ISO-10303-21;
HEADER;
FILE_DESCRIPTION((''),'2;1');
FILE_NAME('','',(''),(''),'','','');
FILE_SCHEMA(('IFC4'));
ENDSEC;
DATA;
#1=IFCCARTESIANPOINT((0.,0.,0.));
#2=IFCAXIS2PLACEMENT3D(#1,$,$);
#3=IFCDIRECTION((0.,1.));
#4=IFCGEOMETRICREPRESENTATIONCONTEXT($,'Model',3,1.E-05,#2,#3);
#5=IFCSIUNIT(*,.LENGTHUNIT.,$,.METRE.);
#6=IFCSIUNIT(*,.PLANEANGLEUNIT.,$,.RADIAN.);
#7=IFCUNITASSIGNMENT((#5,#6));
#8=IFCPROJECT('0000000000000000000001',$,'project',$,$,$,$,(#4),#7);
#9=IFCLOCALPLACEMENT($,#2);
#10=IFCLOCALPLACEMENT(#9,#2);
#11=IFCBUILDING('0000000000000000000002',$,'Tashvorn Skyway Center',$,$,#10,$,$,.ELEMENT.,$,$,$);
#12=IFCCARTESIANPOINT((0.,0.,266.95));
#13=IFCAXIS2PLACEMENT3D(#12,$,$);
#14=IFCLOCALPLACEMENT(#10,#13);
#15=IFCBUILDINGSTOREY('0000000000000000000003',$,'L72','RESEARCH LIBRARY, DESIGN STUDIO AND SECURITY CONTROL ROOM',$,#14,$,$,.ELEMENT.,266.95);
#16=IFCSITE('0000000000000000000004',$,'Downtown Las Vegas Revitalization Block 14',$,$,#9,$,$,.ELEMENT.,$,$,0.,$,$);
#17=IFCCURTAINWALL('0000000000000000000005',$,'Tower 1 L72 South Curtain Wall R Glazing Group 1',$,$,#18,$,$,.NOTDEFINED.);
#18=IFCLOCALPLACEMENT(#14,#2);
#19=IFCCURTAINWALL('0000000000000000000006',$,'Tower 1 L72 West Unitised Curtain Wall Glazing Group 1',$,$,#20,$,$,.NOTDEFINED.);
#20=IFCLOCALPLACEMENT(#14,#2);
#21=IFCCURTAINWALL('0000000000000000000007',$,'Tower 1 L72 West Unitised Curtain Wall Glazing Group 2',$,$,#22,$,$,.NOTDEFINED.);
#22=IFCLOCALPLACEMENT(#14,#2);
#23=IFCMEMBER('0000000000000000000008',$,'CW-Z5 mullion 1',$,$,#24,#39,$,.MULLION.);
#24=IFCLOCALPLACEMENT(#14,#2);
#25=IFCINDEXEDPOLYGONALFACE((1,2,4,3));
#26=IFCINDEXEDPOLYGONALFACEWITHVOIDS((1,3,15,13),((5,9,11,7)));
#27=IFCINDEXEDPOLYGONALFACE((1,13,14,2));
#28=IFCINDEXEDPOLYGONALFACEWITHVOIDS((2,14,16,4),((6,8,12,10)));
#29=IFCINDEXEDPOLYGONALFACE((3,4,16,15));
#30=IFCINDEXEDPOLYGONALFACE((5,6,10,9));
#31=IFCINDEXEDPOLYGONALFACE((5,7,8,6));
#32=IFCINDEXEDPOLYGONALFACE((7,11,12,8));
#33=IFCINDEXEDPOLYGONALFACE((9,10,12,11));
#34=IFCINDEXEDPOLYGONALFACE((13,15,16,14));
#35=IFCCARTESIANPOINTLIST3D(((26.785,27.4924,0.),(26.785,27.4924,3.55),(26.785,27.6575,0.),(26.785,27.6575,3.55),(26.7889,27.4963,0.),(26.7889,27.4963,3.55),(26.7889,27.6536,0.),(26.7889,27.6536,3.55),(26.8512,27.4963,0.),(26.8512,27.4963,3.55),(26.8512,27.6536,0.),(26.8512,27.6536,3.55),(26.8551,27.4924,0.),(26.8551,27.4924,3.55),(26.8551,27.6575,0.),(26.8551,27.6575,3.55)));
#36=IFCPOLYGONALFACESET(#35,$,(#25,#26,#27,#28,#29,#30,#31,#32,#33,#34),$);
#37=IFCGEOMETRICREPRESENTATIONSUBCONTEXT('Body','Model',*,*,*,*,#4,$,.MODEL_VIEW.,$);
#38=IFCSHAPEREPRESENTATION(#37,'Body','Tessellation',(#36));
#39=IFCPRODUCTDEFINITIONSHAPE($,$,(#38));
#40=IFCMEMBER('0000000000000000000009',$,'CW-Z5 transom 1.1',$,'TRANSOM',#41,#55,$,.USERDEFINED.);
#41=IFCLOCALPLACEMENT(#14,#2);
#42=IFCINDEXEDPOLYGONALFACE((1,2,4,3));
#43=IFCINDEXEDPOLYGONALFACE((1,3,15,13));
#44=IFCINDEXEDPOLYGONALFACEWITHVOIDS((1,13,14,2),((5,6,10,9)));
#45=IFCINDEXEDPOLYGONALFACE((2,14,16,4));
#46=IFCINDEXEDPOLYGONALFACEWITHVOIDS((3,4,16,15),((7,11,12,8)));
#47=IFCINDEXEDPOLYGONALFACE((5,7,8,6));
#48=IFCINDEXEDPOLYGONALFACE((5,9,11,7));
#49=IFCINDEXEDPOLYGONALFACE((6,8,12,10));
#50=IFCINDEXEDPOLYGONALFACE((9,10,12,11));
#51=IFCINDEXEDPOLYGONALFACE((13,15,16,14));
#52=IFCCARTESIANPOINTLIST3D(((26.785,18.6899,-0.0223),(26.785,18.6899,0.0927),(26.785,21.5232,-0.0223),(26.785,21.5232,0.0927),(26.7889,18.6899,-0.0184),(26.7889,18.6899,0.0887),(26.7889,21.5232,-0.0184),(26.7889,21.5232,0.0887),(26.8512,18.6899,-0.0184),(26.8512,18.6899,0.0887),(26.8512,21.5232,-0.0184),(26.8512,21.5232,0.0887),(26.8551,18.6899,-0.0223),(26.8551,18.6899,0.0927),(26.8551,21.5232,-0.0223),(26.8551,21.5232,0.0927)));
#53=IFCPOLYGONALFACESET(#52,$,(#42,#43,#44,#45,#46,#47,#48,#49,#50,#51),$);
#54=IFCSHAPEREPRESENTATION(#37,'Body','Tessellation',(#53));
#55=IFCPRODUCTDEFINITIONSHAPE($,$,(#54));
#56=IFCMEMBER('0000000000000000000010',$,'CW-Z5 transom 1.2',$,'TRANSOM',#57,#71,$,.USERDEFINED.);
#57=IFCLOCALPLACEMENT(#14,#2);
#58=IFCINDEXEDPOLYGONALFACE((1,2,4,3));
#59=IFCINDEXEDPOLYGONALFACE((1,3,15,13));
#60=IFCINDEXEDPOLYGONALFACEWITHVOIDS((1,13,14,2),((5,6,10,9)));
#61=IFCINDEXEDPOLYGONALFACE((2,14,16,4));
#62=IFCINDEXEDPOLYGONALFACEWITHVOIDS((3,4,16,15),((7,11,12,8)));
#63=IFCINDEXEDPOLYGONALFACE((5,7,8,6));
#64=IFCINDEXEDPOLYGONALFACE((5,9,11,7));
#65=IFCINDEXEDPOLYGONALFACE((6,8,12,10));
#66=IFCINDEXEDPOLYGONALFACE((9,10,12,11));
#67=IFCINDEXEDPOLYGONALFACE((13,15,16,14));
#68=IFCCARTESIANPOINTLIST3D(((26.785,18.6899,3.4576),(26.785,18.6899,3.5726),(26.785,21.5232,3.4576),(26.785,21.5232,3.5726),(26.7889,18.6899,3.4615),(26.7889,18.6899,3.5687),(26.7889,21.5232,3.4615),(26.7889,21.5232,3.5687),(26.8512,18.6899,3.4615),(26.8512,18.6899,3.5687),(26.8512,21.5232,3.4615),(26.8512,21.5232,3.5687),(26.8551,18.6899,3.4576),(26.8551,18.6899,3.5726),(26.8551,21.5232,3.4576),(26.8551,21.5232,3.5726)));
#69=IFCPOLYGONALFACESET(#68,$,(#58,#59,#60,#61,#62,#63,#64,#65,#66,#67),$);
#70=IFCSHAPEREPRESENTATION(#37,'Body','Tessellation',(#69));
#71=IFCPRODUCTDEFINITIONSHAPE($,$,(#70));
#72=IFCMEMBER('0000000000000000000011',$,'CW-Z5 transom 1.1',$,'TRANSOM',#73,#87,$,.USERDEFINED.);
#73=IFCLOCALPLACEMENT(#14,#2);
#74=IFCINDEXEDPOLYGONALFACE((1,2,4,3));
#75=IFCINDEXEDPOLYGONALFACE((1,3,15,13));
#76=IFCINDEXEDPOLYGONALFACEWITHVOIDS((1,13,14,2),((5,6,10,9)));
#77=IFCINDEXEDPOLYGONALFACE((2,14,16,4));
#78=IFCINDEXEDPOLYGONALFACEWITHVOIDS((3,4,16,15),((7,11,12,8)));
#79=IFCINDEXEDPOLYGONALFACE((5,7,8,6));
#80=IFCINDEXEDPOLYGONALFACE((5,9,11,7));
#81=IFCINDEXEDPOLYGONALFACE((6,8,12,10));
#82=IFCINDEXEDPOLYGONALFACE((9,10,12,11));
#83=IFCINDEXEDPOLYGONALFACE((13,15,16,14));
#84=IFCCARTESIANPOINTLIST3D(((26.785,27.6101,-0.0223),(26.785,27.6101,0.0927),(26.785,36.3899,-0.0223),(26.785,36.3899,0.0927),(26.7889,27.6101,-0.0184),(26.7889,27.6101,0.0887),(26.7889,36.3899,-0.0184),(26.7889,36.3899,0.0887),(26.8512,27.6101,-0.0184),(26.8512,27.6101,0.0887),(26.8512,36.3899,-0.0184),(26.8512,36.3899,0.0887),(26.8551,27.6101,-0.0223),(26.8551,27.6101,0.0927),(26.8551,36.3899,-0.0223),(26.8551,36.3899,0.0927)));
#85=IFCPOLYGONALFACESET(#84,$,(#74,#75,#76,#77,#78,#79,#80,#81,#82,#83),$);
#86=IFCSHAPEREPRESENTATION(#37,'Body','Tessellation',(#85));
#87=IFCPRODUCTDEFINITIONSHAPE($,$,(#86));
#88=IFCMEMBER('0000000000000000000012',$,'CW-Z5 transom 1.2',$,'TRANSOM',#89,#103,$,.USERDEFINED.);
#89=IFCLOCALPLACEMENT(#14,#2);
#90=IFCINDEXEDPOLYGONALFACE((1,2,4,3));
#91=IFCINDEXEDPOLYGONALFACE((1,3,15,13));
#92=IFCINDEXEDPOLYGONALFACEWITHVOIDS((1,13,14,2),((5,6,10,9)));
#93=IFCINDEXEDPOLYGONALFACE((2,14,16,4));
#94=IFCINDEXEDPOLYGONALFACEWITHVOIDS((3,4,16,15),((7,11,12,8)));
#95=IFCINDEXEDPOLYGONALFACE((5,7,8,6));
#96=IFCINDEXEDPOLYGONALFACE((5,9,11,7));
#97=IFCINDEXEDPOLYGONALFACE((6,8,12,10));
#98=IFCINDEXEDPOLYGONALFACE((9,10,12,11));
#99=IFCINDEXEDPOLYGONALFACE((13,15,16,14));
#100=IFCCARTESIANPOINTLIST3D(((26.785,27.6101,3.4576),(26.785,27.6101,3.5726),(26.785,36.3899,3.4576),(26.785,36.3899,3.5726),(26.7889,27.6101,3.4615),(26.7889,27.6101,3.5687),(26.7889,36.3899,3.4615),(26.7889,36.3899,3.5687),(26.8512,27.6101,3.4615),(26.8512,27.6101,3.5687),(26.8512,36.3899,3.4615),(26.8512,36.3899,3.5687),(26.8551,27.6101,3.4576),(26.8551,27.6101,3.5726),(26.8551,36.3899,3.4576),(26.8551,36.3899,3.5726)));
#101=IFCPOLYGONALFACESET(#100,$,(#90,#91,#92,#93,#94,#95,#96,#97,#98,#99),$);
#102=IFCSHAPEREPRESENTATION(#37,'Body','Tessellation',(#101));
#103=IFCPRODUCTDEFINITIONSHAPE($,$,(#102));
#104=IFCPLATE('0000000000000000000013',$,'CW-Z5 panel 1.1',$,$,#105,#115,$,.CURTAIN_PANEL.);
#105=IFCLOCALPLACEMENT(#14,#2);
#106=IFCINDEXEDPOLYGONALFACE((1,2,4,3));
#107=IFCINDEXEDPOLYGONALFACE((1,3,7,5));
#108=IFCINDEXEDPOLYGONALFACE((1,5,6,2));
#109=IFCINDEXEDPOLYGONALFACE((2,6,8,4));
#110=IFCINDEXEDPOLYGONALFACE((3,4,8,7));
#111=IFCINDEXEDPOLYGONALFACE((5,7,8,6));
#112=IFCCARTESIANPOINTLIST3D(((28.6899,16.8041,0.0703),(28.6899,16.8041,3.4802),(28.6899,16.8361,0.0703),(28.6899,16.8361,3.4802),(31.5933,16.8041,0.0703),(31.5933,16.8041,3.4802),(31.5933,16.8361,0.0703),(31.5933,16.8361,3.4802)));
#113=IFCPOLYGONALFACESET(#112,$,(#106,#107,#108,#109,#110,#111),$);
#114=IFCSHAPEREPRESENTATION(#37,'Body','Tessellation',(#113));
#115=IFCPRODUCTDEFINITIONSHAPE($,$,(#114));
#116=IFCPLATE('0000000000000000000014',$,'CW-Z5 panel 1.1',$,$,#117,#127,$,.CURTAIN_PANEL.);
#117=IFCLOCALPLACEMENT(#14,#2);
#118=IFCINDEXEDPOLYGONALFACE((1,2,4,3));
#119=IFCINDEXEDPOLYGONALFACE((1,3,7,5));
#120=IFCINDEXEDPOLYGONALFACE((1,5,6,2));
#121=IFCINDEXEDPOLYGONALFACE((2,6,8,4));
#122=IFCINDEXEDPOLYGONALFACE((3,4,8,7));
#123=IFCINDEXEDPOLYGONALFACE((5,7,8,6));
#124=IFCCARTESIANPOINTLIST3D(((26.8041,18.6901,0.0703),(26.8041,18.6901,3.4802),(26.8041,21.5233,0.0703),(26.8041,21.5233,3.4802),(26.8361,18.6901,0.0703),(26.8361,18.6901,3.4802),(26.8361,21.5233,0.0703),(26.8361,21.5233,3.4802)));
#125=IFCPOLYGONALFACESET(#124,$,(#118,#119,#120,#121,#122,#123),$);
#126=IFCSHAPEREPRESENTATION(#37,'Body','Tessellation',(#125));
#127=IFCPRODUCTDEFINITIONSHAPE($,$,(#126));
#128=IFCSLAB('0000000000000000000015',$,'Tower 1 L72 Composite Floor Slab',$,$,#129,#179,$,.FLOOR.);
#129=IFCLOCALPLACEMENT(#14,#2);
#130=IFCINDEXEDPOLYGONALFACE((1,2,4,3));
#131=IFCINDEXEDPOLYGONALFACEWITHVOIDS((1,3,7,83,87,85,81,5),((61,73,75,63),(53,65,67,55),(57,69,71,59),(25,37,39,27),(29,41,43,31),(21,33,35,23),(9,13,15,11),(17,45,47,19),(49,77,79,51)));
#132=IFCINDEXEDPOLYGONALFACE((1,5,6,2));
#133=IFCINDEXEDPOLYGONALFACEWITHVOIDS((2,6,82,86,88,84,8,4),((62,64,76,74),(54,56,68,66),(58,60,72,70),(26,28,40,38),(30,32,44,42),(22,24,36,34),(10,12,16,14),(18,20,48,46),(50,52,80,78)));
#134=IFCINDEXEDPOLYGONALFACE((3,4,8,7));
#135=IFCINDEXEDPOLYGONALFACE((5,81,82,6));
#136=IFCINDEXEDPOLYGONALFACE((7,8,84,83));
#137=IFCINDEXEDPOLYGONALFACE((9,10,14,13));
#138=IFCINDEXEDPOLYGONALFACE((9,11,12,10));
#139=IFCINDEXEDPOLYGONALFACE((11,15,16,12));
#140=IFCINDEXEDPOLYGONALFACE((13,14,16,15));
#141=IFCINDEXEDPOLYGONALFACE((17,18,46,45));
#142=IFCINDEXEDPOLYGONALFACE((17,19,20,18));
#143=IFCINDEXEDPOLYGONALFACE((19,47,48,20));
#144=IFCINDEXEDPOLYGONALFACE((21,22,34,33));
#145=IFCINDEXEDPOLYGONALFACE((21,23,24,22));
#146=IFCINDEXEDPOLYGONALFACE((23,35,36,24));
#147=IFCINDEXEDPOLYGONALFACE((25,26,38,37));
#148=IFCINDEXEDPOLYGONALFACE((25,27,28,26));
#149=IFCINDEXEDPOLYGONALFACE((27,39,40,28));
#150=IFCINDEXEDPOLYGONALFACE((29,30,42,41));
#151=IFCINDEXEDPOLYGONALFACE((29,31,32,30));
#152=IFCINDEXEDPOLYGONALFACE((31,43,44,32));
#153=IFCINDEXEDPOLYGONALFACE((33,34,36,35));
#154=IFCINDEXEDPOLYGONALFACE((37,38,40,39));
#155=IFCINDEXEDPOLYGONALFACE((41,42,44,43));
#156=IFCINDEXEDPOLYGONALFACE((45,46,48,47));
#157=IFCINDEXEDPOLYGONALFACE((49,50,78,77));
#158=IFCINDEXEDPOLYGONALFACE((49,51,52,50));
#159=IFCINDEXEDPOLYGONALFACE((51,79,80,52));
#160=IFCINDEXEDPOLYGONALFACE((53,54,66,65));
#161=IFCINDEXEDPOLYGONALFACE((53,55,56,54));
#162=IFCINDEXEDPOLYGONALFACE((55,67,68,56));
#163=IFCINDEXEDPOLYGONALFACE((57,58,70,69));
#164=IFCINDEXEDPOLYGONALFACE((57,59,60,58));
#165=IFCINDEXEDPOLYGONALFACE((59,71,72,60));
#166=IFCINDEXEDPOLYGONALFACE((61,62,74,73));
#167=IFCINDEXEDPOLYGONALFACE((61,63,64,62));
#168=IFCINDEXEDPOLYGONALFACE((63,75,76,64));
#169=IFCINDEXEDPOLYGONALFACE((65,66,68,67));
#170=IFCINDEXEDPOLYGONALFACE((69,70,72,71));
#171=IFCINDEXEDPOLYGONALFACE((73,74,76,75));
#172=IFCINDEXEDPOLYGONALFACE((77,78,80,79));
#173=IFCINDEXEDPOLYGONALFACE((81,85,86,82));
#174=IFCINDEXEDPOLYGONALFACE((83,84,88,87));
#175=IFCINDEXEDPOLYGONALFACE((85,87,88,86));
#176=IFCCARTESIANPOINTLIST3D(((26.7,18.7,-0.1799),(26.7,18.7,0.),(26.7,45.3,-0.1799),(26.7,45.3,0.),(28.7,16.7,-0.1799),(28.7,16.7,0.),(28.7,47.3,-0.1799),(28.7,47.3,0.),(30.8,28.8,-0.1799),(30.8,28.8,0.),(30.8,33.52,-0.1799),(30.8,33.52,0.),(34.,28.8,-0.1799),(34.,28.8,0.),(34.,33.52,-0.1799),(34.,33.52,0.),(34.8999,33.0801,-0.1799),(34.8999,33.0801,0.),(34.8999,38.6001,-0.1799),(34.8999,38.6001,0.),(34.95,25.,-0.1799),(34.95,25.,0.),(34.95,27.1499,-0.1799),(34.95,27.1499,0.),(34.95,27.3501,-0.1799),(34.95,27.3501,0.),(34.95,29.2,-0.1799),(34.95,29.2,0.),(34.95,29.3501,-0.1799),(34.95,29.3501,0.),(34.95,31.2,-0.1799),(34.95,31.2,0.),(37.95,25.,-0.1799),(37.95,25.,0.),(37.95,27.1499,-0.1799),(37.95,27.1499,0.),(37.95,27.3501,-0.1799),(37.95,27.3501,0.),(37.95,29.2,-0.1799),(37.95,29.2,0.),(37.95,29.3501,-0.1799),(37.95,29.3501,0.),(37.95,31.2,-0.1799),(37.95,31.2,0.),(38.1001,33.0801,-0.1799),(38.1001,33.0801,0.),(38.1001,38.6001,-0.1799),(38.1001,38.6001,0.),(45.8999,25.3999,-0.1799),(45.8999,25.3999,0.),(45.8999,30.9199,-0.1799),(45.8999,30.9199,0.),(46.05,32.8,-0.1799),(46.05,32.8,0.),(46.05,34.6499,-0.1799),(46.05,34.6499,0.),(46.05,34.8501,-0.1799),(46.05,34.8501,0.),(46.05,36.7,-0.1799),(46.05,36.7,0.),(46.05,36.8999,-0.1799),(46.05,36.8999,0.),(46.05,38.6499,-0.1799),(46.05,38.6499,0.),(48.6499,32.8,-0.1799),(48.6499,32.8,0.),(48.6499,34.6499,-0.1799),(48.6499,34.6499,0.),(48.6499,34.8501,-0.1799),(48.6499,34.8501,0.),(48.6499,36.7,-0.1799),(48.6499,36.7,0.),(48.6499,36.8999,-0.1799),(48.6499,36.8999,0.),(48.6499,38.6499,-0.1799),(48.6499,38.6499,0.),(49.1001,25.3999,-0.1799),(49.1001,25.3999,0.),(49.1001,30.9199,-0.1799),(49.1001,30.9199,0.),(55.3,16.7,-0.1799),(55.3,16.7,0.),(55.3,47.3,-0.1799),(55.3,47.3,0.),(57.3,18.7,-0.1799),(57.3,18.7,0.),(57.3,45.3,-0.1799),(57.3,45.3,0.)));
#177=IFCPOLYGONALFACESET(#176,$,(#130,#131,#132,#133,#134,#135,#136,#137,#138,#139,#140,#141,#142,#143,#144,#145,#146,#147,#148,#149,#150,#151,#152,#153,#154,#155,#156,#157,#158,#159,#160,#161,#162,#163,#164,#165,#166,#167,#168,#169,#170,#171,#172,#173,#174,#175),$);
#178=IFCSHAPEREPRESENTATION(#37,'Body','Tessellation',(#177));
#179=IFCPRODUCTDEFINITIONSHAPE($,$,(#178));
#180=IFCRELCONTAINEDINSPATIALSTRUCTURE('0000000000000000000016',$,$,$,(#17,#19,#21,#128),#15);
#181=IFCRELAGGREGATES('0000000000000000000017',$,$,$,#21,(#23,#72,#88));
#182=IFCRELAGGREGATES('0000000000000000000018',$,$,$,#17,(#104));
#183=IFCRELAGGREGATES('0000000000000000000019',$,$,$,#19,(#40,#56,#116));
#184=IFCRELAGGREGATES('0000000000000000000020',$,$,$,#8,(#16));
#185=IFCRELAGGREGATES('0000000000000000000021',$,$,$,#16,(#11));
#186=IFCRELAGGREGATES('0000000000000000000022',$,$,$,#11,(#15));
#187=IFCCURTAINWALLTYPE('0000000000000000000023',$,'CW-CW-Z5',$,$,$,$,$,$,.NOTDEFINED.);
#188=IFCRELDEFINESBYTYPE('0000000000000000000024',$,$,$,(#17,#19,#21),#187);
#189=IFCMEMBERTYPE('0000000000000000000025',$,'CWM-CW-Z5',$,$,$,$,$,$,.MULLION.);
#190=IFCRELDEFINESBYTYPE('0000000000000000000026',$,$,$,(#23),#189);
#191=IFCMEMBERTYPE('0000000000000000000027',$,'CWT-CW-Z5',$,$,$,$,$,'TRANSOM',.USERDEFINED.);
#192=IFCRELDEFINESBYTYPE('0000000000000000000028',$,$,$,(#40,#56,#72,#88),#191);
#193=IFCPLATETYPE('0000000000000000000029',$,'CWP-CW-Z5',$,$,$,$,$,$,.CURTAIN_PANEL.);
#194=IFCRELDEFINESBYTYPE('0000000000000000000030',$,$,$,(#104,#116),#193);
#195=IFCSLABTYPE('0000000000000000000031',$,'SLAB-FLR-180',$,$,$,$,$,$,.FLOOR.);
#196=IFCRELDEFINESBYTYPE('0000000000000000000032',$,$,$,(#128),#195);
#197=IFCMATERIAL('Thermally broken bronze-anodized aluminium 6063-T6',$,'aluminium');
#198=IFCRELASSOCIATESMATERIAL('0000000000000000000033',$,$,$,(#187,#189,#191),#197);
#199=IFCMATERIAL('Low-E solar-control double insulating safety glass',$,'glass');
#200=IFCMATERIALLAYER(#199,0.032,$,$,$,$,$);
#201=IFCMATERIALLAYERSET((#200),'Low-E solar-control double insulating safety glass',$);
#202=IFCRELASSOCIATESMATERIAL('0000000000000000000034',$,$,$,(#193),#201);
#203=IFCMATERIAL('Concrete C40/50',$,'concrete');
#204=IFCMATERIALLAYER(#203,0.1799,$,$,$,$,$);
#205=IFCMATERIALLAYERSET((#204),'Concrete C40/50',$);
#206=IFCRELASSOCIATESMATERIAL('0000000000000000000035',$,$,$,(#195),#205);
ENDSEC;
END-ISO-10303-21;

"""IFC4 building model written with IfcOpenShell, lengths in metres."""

from ifc_helpers import new_model, si_unit, direction, frame, origin, origin_2d, place, context, subcontext, project, spatial, polyline, rectangle, hollow_rectangle, outline, extrude, material, layer, layer_set, material_profile, profile_set, type_object, element, aggregate, save


model = new_model("IFC4")

# Units and contexts
model_context = context("Model", 3, precision=1e-05, world=origin(), true_north=direction((0.0, 1.0)))
body_context = subcontext(model_context, "Body", "Model", "MODEL_VIEW")
ifc_project = project(units=[si_unit("LENGTHUNIT", "METRE"), si_unit("PLANEANGLEUNIT", "RADIAN")], contexts=[model_context])

# Site, building, storey
site_placement = place(None, origin())
site = spatial("IfcSite", under=ifc_project, at=site_placement, Name="Downtown Las Vegas Revitalization Block 14", CompositionType="ELEMENT", RefElevation=0.0)
building_placement = place(site_placement, origin())
building = spatial("IfcBuilding", under=site, at=building_placement, Name="Tashvorn Skyway Center", CompositionType="ELEMENT")
storey_placement = place(building_placement, frame((0.0, 0.0, 266.95)))
storey = spatial("IfcBuildingStorey", under=building, at=storey_placement, Name="L72", Description="RESEARCH LIBRARY, DESIGN STUDIO AND SECURITY CONTROL ROOM", CompositionType="ELEMENT", Elevation=266.95)

# Curtain wall
ifc_material_1 = material(Name="Thermally broken bronze-anodized aluminium 6063-T6", Category="aluminium")
curtain_wall_type = type_object("IfcCurtainWallType", Name="CW-CW-Z5", PredefinedType="NOTDEFINED", material=ifc_material_1)
curtain_wall_1_placement = place(storey_placement, origin())
curtain_wall_1 = element("IfcCurtainWall", 1, at=curtain_wall_1_placement, inside=storey, type_object=curtain_wall_type, Name="Tower 1 L72 South Curtain Wall R Glazing Group 1", PredefinedType="NOTDEFINED")
ifc_material_profile_1 = material_profile(ifc_material_1, hollow_rectangle(XDim=0.0701, YDim=0.165, WallThickness=0.0039, at=origin_2d()), Name="ALU-MULL-70x165")
ifc_profile_set_1 = profile_set([ifc_material_profile_1], Name="Thermally broken bronze-anodized aluminium 6063-T6")
member_type_1 = type_object("IfcMemberType", Name="CWM-CW-Z5", PredefinedType="MULLION", material=ifc_profile_set_1)

# Curtain wall
curtain_wall_2_placement = place(storey_placement, origin())
curtain_wall_2 = element("IfcCurtainWall", 2, at=curtain_wall_2_placement, inside=storey, type_object=curtain_wall_type, Name="Tower 1 L72 West Unitised Curtain Wall Glazing Group 1", PredefinedType="NOTDEFINED")

# Curtain wall, member
curtain_wall_3_placement = place(storey_placement, origin())
curtain_wall_3 = element("IfcCurtainWall", 3, at=curtain_wall_3_placement, inside=storey, type_object=curtain_wall_type, Name="Tower 1 L72 West Unitised Curtain Wall Glazing Group 2", PredefinedType="NOTDEFINED")
member_1_placement = place(storey_placement, frame((26.8201, 27.575, 0.0), z_axis=(0.0, 0.0, 1.0), x_axis=(-1.0, 0.0, 0.0)))
member_1 = element("IfcMember", 4, at=member_1_placement, type_object=member_type_1, Name="CW-Z5 mullion 1", PredefinedType="MULLION", context=body_context, shape_type="SweptSolid", body=[
    extrude(hollow_rectangle(XDim=0.0701, YDim=0.165, WallThickness=0.0039, at=origin_2d()), origin(), (0.0, 0.0, 1.0), 3.55),
])

# Members
ifc_material_profile_2 = material_profile(ifc_material_1, hollow_rectangle(XDim=0.0701, YDim=0.115, WallThickness=0.0039, at=origin_2d()), Name="ALU-TRAN-70x115")
ifc_profile_set_2 = profile_set([ifc_material_profile_2], Name="Thermally broken bronze-anodized aluminium 6063-T6")
member_type_2 = type_object("IfcMemberType", Name="CWT-CW-Z5", ElementType="TRANSOM", PredefinedType="USERDEFINED", material=ifc_profile_set_2)
member_2_placement = place(storey_placement, frame((26.8201, 18.6899, 0.0352), z_axis=(0.0, 1.0, 0.0), x_axis=(-1.0, 0.0, 0.0)))
member_2 = element("IfcMember", 5, at=member_2_placement, type_object=member_type_2, Name="CW-Z5 transom 1.1", ObjectType="TRANSOM", PredefinedType="USERDEFINED", context=body_context, shape_type="SweptSolid", body=[
    extrude(hollow_rectangle(XDim=0.0701, YDim=0.115, WallThickness=0.0039, at=origin_2d()), origin(), (0.0, 0.0, 1.0), 2.8333),
])
member_3_placement = place(storey_placement, frame((26.8201, 18.6899, 3.5151), z_axis=(0.0, 1.0, 0.0), x_axis=(-1.0, 0.0, 0.0)))
member_3 = element("IfcMember", 6, at=member_3_placement, type_object=member_type_2, Name="CW-Z5 transom 1.2", ObjectType="TRANSOM", PredefinedType="USERDEFINED", context=body_context, shape_type="SweptSolid", body=[
    extrude(hollow_rectangle(XDim=0.0701, YDim=0.115, WallThickness=0.0039, at=origin_2d()), origin(), (0.0, 0.0, 1.0), 2.8333),
])
member_4_placement = place(storey_placement, frame((26.8201, 27.6101, 0.0352), z_axis=(0.0, 1.0, 0.0), x_axis=(-1.0, 0.0, 0.0)))
member_4 = element("IfcMember", 7, at=member_4_placement, type_object=member_type_2, Name="CW-Z5 transom 1.1", ObjectType="TRANSOM", PredefinedType="USERDEFINED", context=body_context, shape_type="SweptSolid", body=[
    extrude(hollow_rectangle(XDim=0.0701, YDim=0.115, WallThickness=0.0039, at=origin_2d()), origin(), (0.0, 0.0, 1.0), 8.7798),
])
member_5_placement = place(storey_placement, frame((26.8201, 27.6101, 3.5151), z_axis=(0.0, 1.0, 0.0), x_axis=(-1.0, 0.0, 0.0)))
member_5 = element("IfcMember", 8, at=member_5_placement, type_object=member_type_2, Name="CW-Z5 transom 1.2", ObjectType="TRANSOM", PredefinedType="USERDEFINED", context=body_context, shape_type="SweptSolid", body=[
    extrude(hollow_rectangle(XDim=0.0701, YDim=0.115, WallThickness=0.0039, at=origin_2d()), origin(), (0.0, 0.0, 1.0), 8.7798),
])
aggregate(curtain_wall_3, [member_1, member_4, member_5])

# Plates
ifc_material_2 = material(Name="Low-E solar-control double insulating safety glass", Category="glass")
ifc_layer_1 = layer(ifc_material_2, 0.032)
ifc_layer_set_1 = layer_set([ifc_layer_1], Name="Low-E solar-control double insulating safety glass")
plate_type = type_object("IfcPlateType", Name="CWP-CW-Z5", PredefinedType="CURTAIN_PANEL", material=ifc_layer_set_1)
plate_1_placement = place(storey_placement, frame((30.1416, 16.8201, 0.0703), z_axis=(0.0, 0.0, 1.0), x_axis=(-1.0, 0.0, 0.0)))
plate_1 = element("IfcPlate", 9, at=plate_1_placement, type_object=plate_type, Name="CW-Z5 panel 1.1", PredefinedType="CURTAIN_PANEL", context=body_context, shape_type="SweptSolid", body=[
    extrude(rectangle(XDim=2.9033, YDim=0.032, at=origin_2d()), origin(), (0.0, 0.0, 1.0), 3.4099),
])
aggregate(curtain_wall_1, [plate_1])
plate_2_placement = place(storey_placement, frame((26.8201, 20.1067, 0.0703), z_axis=(0.0, 0.0, 1.0), x_axis=(0.0, 1.0, 0.0)))
plate_2 = element("IfcPlate", 10, at=plate_2_placement, type_object=plate_type, Name="CW-Z5 panel 1.1", PredefinedType="CURTAIN_PANEL", context=body_context, shape_type="SweptSolid", body=[
    extrude(rectangle(XDim=2.8333, YDim=0.032, at=origin_2d()), origin(), (0.0, 0.0, 1.0), 3.4099),
])
aggregate(curtain_wall_2, [member_2, member_3, plate_2])

# Slab
ifc_material_3 = material(Name="Concrete C40/50", Category="concrete")
ifc_layer_2 = layer(ifc_material_3, 0.1799)
ifc_layer_set_2 = layer_set([ifc_layer_2], Name="Concrete C40/50")
slab_type_1 = type_object("IfcSlabType", Name="SLAB-FLR-180", PredefinedType="FLOOR", material=ifc_layer_set_2)
slab_1_placement = place(storey_placement, frame((0.0, 0.0, -0.1799)))
element("IfcSlab", 11, at=slab_1_placement, inside=storey, type_object=slab_type_1, Name="Tower 1 L72 Composite Floor Slab", PredefinedType="FLOOR", context=body_context, shape_type="SweptSolid", body=[
    extrude(outline(polyline([(28.7, 16.7), (55.3, 16.7), (57.3, 18.7), (57.3, 45.3), (55.3, 47.3), (28.7, 47.3), (26.7, 45.3), (26.7, 18.7), (28.7, 16.7)]), holes=[polyline([(38.1001, 33.0801), (38.1001, 38.6001), (34.8999, 38.6001), (34.8999, 33.0801), (38.1001, 33.0801)]), polyline([(45.8999, 30.9199), (45.8999, 25.3999), (49.1001, 25.3999), (49.1001, 30.9199), (45.8999, 30.9199)]), polyline([(30.8, 33.52), (30.8, 28.8), (34.0, 28.8), (34.0, 33.52), (30.8, 33.52)]), polyline([(34.95, 29.3501), (37.95, 29.3501), (37.95, 31.2), (34.95, 31.2), (34.95, 29.3501)]), polyline([(34.95, 27.3501), (37.95, 27.3501), (37.95, 29.2), (34.95, 29.2), (34.95, 27.3501)]), polyline([(34.95, 25.0), (37.95, 25.0), (37.95, 27.1499), (34.95, 27.1499), (34.95, 25.0)]), polyline([(46.05, 32.8), (48.6499, 32.8), (48.6499, 34.6499), (46.05, 34.6499), (46.05, 32.8)]), polyline([(46.05, 34.8501), (48.6499, 34.8501), (48.6499, 36.7), (46.05, 36.7), (46.05, 34.8501)]), polyline([(46.05, 36.8999), (48.6499, 36.8999), (48.6499, 38.6499), (46.05, 38.6499), (46.05, 36.8999)])]), origin(), (0.0, 0.0, 1.0), 0.1799),
])

save(model, "model.ifc")
